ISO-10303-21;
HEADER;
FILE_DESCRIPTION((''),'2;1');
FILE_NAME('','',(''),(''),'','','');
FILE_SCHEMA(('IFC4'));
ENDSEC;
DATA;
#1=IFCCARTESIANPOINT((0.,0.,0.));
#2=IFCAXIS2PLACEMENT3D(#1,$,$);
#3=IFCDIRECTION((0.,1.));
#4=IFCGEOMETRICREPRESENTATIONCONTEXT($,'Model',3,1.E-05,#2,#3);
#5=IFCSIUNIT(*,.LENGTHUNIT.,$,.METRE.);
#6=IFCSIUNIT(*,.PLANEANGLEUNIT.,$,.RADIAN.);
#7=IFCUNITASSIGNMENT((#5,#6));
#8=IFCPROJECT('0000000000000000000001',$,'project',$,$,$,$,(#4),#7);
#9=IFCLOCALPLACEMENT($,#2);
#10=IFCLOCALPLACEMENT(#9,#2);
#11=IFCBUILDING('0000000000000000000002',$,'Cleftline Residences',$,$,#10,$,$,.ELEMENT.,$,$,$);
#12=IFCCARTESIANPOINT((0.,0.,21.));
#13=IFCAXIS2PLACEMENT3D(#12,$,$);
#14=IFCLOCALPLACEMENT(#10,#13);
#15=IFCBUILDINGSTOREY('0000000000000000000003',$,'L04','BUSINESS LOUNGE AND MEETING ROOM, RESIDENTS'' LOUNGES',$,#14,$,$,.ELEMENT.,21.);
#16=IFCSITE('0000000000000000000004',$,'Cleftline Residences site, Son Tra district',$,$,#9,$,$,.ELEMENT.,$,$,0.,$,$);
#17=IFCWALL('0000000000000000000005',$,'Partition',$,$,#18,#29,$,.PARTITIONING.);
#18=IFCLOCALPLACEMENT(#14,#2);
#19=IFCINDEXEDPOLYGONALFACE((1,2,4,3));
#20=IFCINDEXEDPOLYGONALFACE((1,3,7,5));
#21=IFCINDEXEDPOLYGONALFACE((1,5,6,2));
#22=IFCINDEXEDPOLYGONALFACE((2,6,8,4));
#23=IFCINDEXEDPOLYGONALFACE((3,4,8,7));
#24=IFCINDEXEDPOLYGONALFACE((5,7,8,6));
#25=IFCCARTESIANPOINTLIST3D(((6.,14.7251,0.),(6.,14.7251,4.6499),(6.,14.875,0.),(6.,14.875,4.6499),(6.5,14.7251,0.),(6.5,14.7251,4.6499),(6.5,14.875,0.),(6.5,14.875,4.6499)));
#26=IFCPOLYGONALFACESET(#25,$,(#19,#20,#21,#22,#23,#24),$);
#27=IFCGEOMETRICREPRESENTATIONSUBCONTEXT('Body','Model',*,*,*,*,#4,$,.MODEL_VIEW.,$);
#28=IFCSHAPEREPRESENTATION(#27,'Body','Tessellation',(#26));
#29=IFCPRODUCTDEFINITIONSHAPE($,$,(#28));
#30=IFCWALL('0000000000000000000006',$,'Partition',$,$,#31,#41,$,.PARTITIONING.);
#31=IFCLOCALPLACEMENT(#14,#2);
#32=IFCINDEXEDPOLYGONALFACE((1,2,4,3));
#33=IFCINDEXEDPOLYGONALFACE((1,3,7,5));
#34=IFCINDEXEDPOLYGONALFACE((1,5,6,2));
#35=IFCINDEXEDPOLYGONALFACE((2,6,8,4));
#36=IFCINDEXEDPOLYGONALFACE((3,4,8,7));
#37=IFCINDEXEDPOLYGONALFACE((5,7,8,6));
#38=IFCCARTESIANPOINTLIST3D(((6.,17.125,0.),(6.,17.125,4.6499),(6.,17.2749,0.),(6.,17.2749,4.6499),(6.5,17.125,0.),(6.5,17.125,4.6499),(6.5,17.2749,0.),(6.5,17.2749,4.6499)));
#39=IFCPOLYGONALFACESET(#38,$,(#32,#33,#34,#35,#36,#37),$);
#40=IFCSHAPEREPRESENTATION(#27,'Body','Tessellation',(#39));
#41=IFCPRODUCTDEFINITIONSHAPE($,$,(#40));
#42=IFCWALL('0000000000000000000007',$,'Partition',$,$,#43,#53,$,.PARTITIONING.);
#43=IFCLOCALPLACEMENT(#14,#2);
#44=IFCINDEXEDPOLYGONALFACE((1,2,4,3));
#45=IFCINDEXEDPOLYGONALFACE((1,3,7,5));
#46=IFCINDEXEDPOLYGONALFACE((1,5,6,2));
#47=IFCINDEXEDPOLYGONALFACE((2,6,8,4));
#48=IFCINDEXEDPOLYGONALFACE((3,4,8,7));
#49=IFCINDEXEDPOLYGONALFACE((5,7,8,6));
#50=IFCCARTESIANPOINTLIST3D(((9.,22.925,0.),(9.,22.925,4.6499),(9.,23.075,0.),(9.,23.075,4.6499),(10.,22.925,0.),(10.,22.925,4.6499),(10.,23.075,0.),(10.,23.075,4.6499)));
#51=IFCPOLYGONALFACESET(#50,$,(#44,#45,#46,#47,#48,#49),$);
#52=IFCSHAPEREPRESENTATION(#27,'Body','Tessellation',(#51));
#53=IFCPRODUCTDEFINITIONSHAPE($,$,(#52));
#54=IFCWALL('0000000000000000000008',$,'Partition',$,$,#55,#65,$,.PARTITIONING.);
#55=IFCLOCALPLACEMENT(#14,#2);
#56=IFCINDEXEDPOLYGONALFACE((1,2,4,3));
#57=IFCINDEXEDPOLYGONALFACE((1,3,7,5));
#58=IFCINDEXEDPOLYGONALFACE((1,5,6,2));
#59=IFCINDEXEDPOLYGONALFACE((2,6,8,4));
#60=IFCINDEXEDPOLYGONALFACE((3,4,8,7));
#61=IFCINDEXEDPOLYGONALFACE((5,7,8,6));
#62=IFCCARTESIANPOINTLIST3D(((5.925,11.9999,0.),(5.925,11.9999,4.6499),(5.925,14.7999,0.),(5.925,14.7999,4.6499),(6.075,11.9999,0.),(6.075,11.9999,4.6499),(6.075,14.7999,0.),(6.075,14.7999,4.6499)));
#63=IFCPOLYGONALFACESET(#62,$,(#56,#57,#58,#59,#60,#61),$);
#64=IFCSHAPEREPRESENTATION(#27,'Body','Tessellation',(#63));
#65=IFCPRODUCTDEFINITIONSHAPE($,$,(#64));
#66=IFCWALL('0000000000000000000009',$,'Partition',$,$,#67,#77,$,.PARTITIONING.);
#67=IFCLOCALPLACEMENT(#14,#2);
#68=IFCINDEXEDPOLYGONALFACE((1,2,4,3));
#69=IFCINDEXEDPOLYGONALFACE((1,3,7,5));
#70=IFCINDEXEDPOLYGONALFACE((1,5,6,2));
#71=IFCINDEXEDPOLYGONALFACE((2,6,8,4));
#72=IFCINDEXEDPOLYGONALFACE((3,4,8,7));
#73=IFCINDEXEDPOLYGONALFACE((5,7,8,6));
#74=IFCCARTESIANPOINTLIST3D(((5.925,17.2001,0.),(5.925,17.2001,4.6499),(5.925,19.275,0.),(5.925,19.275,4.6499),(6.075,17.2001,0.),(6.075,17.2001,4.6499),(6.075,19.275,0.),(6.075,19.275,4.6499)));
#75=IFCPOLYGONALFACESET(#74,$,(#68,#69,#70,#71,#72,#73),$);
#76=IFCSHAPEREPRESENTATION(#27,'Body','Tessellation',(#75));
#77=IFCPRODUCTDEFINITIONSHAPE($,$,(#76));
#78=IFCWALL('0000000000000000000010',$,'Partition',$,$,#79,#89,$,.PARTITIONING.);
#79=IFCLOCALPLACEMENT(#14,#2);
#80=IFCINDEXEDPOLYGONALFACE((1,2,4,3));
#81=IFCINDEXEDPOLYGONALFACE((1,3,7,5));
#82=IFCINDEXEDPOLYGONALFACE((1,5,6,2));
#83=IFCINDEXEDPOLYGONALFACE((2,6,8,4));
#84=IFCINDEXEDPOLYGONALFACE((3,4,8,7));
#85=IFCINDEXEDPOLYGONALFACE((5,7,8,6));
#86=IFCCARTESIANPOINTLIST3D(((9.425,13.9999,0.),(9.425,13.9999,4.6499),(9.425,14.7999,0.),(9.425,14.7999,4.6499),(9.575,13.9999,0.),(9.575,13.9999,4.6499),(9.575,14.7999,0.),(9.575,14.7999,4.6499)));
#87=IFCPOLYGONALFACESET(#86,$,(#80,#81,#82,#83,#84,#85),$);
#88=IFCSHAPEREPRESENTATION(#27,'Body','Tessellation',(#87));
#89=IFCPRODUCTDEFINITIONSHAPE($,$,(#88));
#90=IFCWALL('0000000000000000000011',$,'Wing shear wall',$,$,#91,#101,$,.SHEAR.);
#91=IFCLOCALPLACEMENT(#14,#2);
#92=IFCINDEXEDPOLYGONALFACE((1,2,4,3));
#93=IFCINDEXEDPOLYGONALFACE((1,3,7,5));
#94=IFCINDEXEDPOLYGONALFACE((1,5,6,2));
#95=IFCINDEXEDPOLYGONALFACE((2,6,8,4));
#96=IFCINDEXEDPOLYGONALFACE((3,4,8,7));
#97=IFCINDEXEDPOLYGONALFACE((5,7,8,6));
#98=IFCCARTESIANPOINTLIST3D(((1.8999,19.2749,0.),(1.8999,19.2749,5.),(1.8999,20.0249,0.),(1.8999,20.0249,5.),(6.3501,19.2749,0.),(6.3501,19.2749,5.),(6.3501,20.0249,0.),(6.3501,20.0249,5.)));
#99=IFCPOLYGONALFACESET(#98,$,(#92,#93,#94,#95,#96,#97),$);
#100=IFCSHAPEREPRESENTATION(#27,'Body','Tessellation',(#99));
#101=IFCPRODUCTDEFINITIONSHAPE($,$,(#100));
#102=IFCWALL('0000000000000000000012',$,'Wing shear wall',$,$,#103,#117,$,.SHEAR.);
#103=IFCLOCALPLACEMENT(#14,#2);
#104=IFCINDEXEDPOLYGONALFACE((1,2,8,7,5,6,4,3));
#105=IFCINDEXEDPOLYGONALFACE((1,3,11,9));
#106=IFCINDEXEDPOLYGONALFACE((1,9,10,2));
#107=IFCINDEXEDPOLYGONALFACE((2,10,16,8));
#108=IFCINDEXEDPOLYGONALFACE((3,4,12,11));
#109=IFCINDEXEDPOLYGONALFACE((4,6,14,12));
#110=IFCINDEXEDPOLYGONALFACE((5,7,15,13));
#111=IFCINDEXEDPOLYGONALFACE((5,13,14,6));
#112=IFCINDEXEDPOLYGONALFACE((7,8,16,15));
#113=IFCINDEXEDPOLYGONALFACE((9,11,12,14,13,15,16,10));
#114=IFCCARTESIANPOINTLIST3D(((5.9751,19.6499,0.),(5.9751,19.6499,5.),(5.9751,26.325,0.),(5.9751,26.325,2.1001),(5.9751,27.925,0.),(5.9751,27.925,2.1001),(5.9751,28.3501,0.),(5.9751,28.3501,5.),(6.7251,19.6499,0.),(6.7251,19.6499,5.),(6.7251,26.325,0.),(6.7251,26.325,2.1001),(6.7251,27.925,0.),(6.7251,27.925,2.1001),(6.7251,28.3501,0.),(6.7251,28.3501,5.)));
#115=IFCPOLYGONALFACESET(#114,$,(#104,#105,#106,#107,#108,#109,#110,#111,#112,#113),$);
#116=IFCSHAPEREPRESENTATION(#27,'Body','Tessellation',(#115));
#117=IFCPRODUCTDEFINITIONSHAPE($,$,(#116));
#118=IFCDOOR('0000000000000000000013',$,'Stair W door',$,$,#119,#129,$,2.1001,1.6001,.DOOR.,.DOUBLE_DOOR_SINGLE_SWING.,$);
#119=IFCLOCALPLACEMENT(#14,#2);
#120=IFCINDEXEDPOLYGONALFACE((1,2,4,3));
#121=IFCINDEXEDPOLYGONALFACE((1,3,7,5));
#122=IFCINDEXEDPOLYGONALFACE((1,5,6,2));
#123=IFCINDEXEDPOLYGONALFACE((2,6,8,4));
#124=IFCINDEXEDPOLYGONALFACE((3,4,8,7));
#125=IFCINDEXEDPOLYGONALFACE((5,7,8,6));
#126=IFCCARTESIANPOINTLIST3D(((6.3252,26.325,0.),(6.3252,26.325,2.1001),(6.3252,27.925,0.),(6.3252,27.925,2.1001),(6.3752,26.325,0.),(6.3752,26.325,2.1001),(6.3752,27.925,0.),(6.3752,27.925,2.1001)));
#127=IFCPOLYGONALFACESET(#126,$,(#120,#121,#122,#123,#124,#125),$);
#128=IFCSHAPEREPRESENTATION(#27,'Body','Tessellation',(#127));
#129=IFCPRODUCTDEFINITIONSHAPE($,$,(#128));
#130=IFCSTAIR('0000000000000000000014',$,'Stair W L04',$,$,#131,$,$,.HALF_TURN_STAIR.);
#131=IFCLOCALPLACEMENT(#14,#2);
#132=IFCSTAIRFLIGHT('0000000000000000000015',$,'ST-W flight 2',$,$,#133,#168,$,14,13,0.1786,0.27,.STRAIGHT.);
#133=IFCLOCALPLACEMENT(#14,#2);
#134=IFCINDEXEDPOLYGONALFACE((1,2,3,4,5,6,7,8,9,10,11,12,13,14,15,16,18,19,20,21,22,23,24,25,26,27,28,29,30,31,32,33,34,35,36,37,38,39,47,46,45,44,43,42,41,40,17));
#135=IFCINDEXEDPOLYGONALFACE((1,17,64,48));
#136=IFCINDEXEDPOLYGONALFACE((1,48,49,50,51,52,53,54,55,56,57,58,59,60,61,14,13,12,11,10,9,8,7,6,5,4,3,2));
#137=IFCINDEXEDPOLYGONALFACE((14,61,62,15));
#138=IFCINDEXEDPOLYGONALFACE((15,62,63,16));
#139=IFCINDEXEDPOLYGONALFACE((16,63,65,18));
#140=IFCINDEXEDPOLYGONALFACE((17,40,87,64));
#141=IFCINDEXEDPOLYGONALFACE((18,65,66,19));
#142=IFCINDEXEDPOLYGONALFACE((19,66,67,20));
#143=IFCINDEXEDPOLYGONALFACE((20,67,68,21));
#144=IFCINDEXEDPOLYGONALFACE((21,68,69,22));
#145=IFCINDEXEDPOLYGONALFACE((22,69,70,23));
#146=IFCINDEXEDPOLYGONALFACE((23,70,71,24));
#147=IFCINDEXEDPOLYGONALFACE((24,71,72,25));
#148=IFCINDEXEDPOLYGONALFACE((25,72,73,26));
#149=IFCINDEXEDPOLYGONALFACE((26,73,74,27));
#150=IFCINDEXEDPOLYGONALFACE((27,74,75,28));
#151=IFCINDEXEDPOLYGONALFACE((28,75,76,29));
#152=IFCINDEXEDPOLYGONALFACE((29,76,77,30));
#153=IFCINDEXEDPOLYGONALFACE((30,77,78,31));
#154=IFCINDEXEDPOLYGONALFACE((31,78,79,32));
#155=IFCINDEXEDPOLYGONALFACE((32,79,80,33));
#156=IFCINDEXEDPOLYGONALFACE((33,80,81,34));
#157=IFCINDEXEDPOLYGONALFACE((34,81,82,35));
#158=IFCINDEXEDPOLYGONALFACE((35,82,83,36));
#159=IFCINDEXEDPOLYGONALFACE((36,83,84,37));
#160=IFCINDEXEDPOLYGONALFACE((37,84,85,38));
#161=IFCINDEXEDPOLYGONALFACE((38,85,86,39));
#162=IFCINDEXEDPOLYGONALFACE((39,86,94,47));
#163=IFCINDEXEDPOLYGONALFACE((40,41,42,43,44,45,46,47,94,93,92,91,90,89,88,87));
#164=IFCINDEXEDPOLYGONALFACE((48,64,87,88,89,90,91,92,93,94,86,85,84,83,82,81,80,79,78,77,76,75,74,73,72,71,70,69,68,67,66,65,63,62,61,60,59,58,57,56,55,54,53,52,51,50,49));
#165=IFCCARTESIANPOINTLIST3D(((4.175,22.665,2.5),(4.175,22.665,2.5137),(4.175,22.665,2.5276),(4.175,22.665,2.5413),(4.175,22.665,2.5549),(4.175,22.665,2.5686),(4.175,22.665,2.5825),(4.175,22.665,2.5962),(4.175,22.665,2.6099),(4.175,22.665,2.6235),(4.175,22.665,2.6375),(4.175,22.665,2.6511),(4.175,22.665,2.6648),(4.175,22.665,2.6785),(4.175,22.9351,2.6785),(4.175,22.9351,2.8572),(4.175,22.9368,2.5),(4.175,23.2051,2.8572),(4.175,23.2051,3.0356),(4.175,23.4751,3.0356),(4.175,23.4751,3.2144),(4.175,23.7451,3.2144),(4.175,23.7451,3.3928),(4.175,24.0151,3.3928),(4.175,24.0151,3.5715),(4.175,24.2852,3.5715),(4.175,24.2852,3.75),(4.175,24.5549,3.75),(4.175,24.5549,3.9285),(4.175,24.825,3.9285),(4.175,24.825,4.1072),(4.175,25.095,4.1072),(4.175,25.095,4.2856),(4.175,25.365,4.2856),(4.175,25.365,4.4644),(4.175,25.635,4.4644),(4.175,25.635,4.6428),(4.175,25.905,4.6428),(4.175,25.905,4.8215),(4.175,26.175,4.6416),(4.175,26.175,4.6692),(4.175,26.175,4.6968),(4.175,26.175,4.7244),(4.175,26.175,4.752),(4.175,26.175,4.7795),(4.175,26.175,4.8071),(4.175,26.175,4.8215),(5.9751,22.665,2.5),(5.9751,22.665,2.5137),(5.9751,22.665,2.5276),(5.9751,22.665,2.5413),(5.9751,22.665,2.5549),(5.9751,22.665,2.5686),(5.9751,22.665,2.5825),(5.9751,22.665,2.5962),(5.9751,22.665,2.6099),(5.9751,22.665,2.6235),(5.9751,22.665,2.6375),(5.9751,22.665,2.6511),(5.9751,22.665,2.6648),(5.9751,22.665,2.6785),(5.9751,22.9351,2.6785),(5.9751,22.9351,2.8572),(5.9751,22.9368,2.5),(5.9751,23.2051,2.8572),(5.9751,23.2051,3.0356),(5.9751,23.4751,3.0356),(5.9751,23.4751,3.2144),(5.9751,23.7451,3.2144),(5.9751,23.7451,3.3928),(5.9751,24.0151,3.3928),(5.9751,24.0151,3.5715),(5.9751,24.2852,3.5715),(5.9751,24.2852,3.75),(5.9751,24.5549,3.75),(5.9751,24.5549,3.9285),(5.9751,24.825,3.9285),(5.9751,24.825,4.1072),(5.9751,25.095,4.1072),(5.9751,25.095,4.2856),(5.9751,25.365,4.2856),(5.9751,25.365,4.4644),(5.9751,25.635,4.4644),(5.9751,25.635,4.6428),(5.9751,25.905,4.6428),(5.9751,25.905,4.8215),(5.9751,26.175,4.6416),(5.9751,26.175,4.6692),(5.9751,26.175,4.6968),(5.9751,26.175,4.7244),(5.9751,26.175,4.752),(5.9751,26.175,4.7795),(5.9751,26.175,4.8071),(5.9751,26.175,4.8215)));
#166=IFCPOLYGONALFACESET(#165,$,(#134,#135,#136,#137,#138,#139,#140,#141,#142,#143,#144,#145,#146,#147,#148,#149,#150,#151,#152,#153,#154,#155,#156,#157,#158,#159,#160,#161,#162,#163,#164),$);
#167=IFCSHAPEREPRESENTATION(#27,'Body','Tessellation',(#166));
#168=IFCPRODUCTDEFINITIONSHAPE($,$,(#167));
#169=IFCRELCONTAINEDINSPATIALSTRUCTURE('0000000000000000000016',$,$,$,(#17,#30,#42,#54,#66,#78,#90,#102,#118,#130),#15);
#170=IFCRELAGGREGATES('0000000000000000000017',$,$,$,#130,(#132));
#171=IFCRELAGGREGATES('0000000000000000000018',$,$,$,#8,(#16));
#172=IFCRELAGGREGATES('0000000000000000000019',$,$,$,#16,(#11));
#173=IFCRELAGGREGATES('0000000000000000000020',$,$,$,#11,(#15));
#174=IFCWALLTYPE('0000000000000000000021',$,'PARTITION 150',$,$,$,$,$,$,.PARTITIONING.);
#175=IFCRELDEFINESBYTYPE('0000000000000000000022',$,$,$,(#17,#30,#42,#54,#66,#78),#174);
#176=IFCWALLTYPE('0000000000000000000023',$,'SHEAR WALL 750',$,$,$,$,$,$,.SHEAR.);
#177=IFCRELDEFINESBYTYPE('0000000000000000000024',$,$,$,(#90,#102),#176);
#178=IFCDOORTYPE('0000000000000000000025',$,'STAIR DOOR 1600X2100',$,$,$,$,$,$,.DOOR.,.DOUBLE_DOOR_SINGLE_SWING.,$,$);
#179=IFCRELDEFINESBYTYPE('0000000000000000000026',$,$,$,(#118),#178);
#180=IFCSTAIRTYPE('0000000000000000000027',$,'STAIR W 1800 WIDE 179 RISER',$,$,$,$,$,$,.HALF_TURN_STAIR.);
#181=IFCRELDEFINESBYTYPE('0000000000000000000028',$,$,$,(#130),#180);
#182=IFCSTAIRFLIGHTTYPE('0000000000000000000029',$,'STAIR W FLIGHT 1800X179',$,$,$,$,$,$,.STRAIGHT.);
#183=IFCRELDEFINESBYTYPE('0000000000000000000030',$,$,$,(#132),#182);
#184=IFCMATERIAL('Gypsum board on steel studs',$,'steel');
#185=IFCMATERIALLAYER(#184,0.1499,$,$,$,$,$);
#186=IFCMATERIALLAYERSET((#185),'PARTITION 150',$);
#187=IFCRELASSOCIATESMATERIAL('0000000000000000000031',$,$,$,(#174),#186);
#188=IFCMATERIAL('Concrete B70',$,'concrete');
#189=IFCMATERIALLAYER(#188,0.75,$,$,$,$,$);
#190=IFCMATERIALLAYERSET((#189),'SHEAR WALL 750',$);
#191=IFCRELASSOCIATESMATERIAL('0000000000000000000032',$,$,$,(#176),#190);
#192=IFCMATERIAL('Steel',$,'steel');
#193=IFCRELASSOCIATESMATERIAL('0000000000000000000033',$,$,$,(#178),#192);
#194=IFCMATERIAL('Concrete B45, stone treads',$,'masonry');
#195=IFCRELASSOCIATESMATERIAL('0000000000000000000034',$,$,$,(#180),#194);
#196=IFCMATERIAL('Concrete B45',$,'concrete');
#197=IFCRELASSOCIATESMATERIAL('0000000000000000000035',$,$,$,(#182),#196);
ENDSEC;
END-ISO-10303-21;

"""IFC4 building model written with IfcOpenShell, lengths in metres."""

from ifc_helpers import new_model, si_unit, direction, frame, frame_2d, origin, place, context, subcontext, project, spatial, polyline, rectangle, outline, extrude, material, layer, layer_set, type_object, element, fill, aggregate, save


model = new_model("IFC4")

# Units and contexts
model_context = context("Model", 3, precision=1e-05, world=origin(), true_north=direction((0.0, 1.0)))
body_context = subcontext(model_context, "Body", "Model", "MODEL_VIEW")
ifc_project = project(units=[si_unit("LENGTHUNIT", "METRE"), si_unit("PLANEANGLEUNIT", "RADIAN")], contexts=[model_context])

# Site, building, storey
site_placement = place(None, origin())
site = spatial("IfcSite", under=ifc_project, at=site_placement, Name="Cleftline Residences site, Son Tra district", CompositionType="ELEMENT", RefElevation=0.0)
building_placement = place(site_placement, origin())
building = spatial("IfcBuilding", under=site, at=building_placement, Name="Cleftline Residences", CompositionType="ELEMENT")
storey_placement = place(building_placement, frame((0.0, 0.0, 21.0)))
storey = spatial("IfcBuildingStorey", under=building, at=storey_placement, Name="L04", Description="BUSINESS LOUNGE AND MEETING ROOM, RESIDENTS' LOUNGES", CompositionType="ELEMENT", Elevation=21.0)

# Shared definitions
ifc_material_1 = material(Name="Gypsum board on steel studs", Category="steel")
ifc_layer_1 = layer(ifc_material_1, 0.1499)
ifc_layer_set_1 = layer_set([ifc_layer_1], Name="PARTITION 150")
wall_type_1 = type_object("IfcWallType", Name="PARTITION 150", PredefinedType="PARTITIONING", material=ifc_layer_set_1)

# Walls
for number, where, z_axis, x_axis, name in (
    (1, (6.0, 14.8, 0.0), (0.0, 0.0, 1.0), (1.0, 0.0, 0.0), "Partition"),
    (2, (6.0, 17.2, 0.0), (0.0, 0.0, 1.0), (1.0, 0.0, 0.0), "Partition"),
):
    element("IfcWall", number, at=place(storey_placement, frame(where, z_axis=z_axis, x_axis=x_axis)), inside=storey, type_object=wall_type_1, Name=name, PredefinedType="PARTITIONING", context=body_context, shape_type="SweptSolid", body=[
        extrude(rectangle(XDim=0.5, YDim=0.1499, at=frame_2d((0.25, 0.0))), origin(), (0.0, 0.0, 1.0), 4.6499),
    ])
wall_1_placement = place(storey_placement, frame((9.0, 23.0, 0.0), z_axis=(0.0, 0.0, 1.0), x_axis=(1.0, 0.0, 0.0)))
element("IfcWall", 3, at=wall_1_placement, inside=storey, type_object=wall_type_1, Name="Partition", PredefinedType="PARTITIONING", context=body_context, shape_type="SweptSolid", body=[
    extrude(rectangle(XDim=1.0, YDim=0.1499, at=frame_2d((0.5, 0.0))), origin(), (0.0, 0.0, 1.0), 4.6499),
])
wall_2_placement = place(storey_placement, frame((6.0, 12.0, 0.0), z_axis=(0.0, 0.0, 1.0), x_axis=(0.0, 1.0, 0.0)))
element("IfcWall", 4, at=wall_2_placement, inside=storey, type_object=wall_type_1, Name="Partition", PredefinedType="PARTITIONING", context=body_context, shape_type="SweptSolid", body=[
    extrude(rectangle(XDim=2.8, YDim=0.1499, at=frame_2d((1.3999, 0.0))), origin(), (0.0, 0.0, 1.0), 4.6499),
])
wall_3_placement = place(storey_placement, frame((6.0, 17.2, 0.0), z_axis=(0.0, 0.0, 1.0), x_axis=(0.0, 1.0, 0.0)))
element("IfcWall", 5, at=wall_3_placement, inside=storey, type_object=wall_type_1, Name="Partition", PredefinedType="PARTITIONING", context=body_context, shape_type="SweptSolid", body=[
    extrude(rectangle(XDim=2.075, YDim=0.1499, at=frame_2d((1.0376, 0.0))), origin(), (0.0, 0.0, 1.0), 4.6499),
])
wall_4_placement = place(storey_placement, frame((9.5, 14.0, 0.0), z_axis=(0.0, 0.0, 1.0), x_axis=(0.0, 1.0, 0.0)))
element("IfcWall", 6, at=wall_4_placement, inside=storey, type_object=wall_type_1, Name="Partition", PredefinedType="PARTITIONING", context=body_context, shape_type="SweptSolid", body=[
    extrude(rectangle(XDim=0.8, YDim=0.1499, at=frame_2d((0.3999, 0.0))), origin(), (0.0, 0.0, 1.0), 4.6499),
])
ifc_material_2 = material(Name="Concrete B70", Category="concrete")
ifc_layer_2 = layer(ifc_material_2, 0.75)
ifc_layer_set_2 = layer_set([ifc_layer_2], Name="SHEAR WALL 750")
wall_type_2 = type_object("IfcWallType", Name="SHEAR WALL 750", PredefinedType="SHEAR", material=ifc_layer_set_2)
wall_5_placement = place(storey_placement, frame((1.8999, 19.6499, 0.0), z_axis=(0.0, 0.0, 1.0), x_axis=(1.0, 0.0, 0.0)))
element("IfcWall", 7, at=wall_5_placement, inside=storey, type_object=wall_type_2, Name="Wing shear wall", PredefinedType="SHEAR", context=body_context, shape_type="SweptSolid", body=[
    extrude(rectangle(XDim=4.4502, YDim=0.75, at=frame_2d((2.2251, 0.0))), origin(), (0.0, 0.0, 1.0), 5.0),
])

# Wall, opening, door
wall_6_placement = place(storey_placement, frame((6.3501, 19.6499, 0.0), z_axis=(0.0, 0.0, 1.0), x_axis=(0.0, 1.0, 0.0)))
wall_6 = element("IfcWall", 8, at=wall_6_placement, inside=storey, type_object=wall_type_2, Name="Wing shear wall", PredefinedType="SHEAR", context=body_context, shape_type="SweptSolid", body=[
    extrude(rectangle(XDim=8.7002, YDim=0.75, at=frame_2d((4.3501, 0.0))), origin(), (0.0, 0.0, 1.0), 5.0),
])
opening_1_placement = place(wall_6_placement, frame((6.675, 0.0, 0.0)))
opening_1 = element("IfcOpeningElement", 9, at=opening_1_placement, cuts=wall_6, PredefinedType="OPENING", context=body_context, shape_type="SweptSolid", body=[
    extrude(rectangle(XDim=1.6001, YDim=2.1001, at=frame_2d((0.8, 1.05))), frame((0.0, 0.385, 0.0), z_axis=(0.0, -1.0, 0.0), x_axis=(1.0, 0.0, 0.0)), (0.0, 0.0, 1.0), 0.77),
])
ifc_material_3 = material(Name="Steel", Category="steel")
door_type_1 = type_object("IfcDoorType", Name="STAIR DOOR 1600X2100", OperationType="DOUBLE_DOOR_SINGLE_SWING", PredefinedType="DOOR", material=ifc_material_3)
door_1_placement = place(opening_1_placement, origin())
door_1 = element("IfcDoor", 10, at=door_1_placement, inside=storey, type_object=door_type_1, Name="Stair W door", OperationType="DOUBLE_DOOR_SINGLE_SWING", OverallHeight=2.1001, OverallWidth=1.6001, PredefinedType="DOOR", context=body_context, shape_type="SweptSolid", body=[
    extrude(rectangle(XDim=1.6001, YDim=2.1001, at=frame_2d((0.8, 1.05))), frame((0.0, 0.0249, 0.0), z_axis=(0.0, -1.0, 0.0), x_axis=(1.0, 0.0, 0.0)), (0.0, 0.0, 1.0), 0.05),
])
fill(opening_1, door_1)

# Stair, stair flight
ifc_material_4 = material(Name="Concrete B45, stone treads", Category="masonry")
stair_type = type_object("IfcStairType", Name="STAIR W 1800 WIDE 179 RISER", PredefinedType="HALF_TURN_STAIR", material=ifc_material_4)
stair_placement = place(storey_placement, origin())
stair = element("IfcStair", 11, at=stair_placement, inside=storey, type_object=stair_type, Name="Stair W L04", PredefinedType="HALF_TURN_STAIR")
ifc_material_5 = material(Name="Concrete B45", Category="concrete")
stair_flight_type = type_object("IfcStairFlightType", Name="STAIR W FLIGHT 1800X179", PredefinedType="STRAIGHT", material=ifc_material_5)
stair_flight_placement = place(storey_placement, frame((5.075, 22.665, 2.5), z_axis=(0.0, 0.0, 1.0), x_axis=(0.0, 1.0, 0.0)))
stair_flight = element("IfcStairFlight", 12, at=stair_flight_placement, type_object=stair_flight_type, Name="ST-W flight 2", NumberOfRisers=14, NumberOfTreads=13, PredefinedType="STRAIGHT", RiserHeight=0.1786, TreadLength=0.27, context=body_context, shape_type="SweptSolid", body=[
    extrude(outline(polyline([(0.0, 0.0), (0.0, 0.0137), (0.0, 0.0276), (0.0, 0.0413), (0.0, 0.0549), (0.0, 0.0686), (0.0, 0.0825), (0.0, 0.0962), (0.0, 0.1099), (0.0, 0.1235), (0.0, 0.1375), (0.0, 0.1511), (0.0, 0.1648), (0.0, 0.1785), (0.27, 0.1785), (0.27, 0.3572), (0.54, 0.3572), (0.54, 0.5356), (0.8101, 0.5356), (0.8101, 0.7144), (1.0801, 0.7144), (1.0801, 0.8928), (1.3501, 0.8928), (1.3501, 1.0715), (1.6201, 1.0715), (1.6201, 1.25), (1.8899, 1.25), (1.8899, 1.4285), (2.1599, 1.4285), (2.1599, 1.6072), (2.4299, 1.6072), (2.4299, 1.7856), (2.7, 1.7856), (2.7, 1.9644), (2.97, 1.9644), (2.97, 2.1428), (3.24, 2.1428), (3.24, 2.3215), (3.51, 2.3215), (3.51, 2.5), (3.51, 2.4724), (3.51, 2.4448), (3.51, 2.4172), (3.51, 2.3896), (3.51, 2.3623), (3.51, 2.3347), (3.51, 2.3071), (3.51, 2.2795), (3.51, 2.252), (3.51, 2.2244), (3.51, 2.1968), (3.51, 2.1692), (3.51, 2.1416), (0.2717, 0.0), (0.0, 0.0)])), frame((0.0, 0.8999, 0.0), z_axis=(0.0, -1.0, 0.0), x_axis=(1.0, 0.0, 0.0)), (0.0, 0.0, 1.0), 1.8),
])
aggregate(stair, [stair_flight])

save(model, "model.ifc")
